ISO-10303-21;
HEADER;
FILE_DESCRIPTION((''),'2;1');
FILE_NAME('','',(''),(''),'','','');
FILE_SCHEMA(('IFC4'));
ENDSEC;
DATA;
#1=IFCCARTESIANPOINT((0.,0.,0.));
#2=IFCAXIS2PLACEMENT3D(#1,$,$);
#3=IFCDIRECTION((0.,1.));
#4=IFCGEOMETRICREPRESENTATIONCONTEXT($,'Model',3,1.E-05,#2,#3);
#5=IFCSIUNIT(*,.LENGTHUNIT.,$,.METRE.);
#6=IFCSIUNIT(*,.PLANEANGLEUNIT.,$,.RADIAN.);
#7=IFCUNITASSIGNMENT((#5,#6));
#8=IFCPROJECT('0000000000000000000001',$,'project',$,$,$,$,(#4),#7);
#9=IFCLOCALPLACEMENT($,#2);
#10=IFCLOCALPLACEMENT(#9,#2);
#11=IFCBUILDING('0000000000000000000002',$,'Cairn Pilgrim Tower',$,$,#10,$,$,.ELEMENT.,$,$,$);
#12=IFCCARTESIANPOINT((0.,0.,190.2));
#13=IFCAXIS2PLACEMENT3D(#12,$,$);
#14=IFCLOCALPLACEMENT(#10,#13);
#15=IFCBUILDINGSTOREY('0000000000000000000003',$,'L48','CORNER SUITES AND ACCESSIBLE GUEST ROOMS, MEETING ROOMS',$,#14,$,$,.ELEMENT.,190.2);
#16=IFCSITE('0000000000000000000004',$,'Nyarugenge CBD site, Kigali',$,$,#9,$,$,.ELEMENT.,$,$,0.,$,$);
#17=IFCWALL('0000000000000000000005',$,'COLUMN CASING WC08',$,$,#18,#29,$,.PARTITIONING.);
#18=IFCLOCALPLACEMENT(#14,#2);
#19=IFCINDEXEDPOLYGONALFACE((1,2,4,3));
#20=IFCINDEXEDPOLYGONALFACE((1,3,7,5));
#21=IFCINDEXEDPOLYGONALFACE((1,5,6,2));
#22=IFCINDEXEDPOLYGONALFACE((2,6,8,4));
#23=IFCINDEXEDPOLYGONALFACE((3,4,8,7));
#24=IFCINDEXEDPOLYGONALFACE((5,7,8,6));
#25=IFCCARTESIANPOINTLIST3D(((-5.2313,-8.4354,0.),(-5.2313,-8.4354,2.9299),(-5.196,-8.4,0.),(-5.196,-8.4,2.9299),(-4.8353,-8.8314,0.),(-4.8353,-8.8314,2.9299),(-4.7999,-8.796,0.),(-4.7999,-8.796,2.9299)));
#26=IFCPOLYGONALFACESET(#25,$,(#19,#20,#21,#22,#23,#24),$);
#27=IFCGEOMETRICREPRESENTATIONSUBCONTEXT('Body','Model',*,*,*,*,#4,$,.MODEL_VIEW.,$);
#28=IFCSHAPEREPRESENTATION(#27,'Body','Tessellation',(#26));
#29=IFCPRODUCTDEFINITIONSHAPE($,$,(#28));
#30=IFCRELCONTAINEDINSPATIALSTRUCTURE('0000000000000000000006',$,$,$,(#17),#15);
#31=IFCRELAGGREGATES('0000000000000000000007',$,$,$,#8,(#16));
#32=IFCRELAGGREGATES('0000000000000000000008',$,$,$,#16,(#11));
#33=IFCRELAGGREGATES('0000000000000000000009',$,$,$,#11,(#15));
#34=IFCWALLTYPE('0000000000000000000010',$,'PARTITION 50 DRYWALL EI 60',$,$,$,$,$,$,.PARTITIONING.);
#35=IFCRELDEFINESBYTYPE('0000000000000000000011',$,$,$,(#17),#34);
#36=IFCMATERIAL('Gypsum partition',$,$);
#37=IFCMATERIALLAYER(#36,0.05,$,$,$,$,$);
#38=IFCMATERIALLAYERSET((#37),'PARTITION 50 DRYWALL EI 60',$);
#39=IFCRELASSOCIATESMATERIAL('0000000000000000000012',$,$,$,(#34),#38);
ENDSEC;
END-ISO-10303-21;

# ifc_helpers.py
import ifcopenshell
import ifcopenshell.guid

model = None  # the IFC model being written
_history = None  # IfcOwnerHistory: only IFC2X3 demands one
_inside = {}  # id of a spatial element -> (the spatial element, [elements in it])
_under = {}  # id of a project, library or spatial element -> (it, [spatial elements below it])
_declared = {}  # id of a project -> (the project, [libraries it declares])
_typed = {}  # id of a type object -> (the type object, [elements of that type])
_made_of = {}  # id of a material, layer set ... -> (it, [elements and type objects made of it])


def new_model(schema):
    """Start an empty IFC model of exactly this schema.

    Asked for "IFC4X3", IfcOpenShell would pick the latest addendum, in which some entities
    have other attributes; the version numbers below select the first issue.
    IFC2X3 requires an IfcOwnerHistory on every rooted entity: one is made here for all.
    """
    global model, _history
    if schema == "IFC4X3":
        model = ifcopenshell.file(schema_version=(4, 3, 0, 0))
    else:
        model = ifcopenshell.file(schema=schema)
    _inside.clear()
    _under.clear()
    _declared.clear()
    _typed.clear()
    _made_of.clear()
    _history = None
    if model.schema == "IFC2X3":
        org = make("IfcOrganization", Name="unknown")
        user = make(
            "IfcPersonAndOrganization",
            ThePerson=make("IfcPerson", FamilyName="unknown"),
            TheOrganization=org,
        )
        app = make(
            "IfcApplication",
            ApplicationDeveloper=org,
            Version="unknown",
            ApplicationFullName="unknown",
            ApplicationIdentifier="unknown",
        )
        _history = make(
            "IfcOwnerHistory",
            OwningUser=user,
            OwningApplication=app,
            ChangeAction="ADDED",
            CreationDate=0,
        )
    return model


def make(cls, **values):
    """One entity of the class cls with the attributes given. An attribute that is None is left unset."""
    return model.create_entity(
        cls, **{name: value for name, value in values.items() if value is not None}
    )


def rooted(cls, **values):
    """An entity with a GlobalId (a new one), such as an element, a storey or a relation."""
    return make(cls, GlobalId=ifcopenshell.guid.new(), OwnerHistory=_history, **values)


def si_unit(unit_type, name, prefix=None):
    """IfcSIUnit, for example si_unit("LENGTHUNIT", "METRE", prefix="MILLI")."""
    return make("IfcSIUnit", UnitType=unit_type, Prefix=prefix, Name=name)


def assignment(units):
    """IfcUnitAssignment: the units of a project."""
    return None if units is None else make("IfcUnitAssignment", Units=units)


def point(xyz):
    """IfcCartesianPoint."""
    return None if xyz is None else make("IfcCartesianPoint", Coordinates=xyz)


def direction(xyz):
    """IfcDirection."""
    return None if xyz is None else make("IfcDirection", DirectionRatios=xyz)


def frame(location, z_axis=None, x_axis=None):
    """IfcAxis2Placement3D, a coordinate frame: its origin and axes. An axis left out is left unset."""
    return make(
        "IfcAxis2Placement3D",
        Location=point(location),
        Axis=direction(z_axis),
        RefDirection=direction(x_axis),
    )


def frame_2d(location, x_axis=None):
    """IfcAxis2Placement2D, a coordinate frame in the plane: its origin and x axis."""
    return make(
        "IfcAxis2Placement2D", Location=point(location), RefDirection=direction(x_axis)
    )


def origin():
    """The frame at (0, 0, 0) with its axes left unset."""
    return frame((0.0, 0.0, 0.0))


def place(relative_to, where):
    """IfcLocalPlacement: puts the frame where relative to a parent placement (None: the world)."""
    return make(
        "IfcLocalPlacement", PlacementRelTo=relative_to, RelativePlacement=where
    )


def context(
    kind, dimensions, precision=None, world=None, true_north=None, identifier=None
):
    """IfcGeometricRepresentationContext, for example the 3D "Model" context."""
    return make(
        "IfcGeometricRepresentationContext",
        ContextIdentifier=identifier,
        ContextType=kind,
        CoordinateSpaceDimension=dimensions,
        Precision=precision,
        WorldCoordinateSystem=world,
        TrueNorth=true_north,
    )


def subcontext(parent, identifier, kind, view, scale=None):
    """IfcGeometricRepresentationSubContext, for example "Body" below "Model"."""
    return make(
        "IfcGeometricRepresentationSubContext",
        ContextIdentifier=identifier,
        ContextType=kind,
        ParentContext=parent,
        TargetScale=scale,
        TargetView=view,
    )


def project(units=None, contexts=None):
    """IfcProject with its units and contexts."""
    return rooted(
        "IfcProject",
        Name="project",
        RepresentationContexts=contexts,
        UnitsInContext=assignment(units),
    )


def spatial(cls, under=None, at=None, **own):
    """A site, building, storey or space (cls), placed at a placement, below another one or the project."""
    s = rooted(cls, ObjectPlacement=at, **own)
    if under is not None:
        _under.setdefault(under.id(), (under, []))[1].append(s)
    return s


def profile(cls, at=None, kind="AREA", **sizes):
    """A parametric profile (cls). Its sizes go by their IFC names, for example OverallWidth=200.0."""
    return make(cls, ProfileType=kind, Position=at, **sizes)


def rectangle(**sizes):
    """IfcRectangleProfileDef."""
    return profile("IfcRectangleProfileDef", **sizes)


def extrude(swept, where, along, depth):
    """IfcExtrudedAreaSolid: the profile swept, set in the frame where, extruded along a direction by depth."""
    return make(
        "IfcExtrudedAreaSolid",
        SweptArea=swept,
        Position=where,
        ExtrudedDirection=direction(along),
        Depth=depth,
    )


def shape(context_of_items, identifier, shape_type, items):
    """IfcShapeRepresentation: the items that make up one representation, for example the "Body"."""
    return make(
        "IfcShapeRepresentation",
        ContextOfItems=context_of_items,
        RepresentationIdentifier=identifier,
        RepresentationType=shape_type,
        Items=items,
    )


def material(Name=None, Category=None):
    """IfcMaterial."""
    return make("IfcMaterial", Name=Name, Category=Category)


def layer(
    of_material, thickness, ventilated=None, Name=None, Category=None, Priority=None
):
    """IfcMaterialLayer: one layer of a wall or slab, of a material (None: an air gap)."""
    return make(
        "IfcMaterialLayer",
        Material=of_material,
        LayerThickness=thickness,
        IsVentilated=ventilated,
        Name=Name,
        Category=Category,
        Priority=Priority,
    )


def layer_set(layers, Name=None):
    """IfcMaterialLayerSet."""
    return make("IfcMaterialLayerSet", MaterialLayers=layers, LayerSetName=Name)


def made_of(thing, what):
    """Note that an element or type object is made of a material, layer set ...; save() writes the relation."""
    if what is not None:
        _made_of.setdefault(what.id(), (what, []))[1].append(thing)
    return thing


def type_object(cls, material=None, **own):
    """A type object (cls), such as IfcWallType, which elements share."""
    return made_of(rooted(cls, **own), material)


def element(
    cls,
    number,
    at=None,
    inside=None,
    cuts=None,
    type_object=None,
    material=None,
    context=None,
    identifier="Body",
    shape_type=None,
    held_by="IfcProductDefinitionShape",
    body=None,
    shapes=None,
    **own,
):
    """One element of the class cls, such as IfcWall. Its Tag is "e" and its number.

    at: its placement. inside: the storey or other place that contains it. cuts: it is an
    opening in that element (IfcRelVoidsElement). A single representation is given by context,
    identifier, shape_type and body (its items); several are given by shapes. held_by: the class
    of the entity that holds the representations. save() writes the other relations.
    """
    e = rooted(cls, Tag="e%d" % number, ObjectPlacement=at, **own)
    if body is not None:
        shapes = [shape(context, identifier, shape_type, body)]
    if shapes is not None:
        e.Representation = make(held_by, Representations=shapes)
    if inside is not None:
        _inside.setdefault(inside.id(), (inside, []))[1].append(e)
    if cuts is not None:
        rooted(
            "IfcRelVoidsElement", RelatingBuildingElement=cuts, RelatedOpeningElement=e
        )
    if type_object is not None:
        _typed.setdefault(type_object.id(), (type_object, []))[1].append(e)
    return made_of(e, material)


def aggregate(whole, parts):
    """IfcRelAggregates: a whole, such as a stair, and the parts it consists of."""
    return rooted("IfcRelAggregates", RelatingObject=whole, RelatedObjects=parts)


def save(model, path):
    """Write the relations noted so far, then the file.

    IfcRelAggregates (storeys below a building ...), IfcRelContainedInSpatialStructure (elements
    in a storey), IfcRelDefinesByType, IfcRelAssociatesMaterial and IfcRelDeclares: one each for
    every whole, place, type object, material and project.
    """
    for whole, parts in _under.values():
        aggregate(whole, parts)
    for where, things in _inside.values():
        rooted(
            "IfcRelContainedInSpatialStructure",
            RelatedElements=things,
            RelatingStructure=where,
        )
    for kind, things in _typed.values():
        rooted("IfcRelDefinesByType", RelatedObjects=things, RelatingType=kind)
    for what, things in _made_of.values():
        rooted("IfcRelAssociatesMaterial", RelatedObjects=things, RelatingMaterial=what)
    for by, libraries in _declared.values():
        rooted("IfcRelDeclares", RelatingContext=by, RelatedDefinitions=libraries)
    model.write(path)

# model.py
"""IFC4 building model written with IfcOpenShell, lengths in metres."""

from ifc_helpers import new_model, si_unit, direction, frame, frame_2d, origin, place, context, subcontext, project, spatial, rectangle, extrude, material, layer, layer_set, type_object, element, save


model = new_model("IFC4")

# Units and contexts
model_context = context("Model", 3, precision=1e-05, world=origin(), true_north=direction((0.0, 1.0)))
body_context = subcontext(model_context, "Body", "Model", "MODEL_VIEW")
ifc_project = project(units=[si_unit("LENGTHUNIT", "METRE"), si_unit("PLANEANGLEUNIT", "RADIAN")], contexts=[model_context])

# Site, building, storey
site_placement = place(None, origin())
site = spatial("IfcSite", under=ifc_project, at=site_placement, Name="Nyarugenge CBD site, Kigali", CompositionType="ELEMENT", RefElevation=0.0)
building_placement = place(site_placement, origin())
building = spatial("IfcBuilding", under=site, at=building_placement, Name="Cairn Pilgrim Tower", CompositionType="ELEMENT")
storey_placement = place(building_placement, frame((0.0, 0.0, 190.2)))
storey = spatial("IfcBuildingStorey", under=building, at=storey_placement, Name="L48", Description="CORNER SUITES AND ACCESSIBLE GUEST ROOMS, MEETING ROOMS", CompositionType="ELEMENT", Elevation=190.2)

# Shared definitions
ifc_material_1 = material(Name="Gypsum partition")

# Wall
ifc_layer_1 = layer(ifc_material_1, 0.05)
ifc_layer_set_1 = layer_set([ifc_layer_1], Name="PARTITION 50 DRYWALL EI 60")
wall_type_1 = type_object("IfcWallType", Name="PARTITION 50 DRYWALL EI 60", PredefinedType="PARTITIONING", material=ifc_layer_set_1)
wall_1_placement = place(storey_placement, frame((-4.8176, -8.8137, 0.0), z_axis=(0.0, 0.0, 1.0), x_axis=(-0.707107, 0.707107, 0.0)))
element("IfcWall", 1, at=wall_1_placement, inside=storey, type_object=wall_type_1, Name="COLUMN CASING WC08", PredefinedType="PARTITIONING", context=body_context, shape_type="SweptSolid", body=[
    extrude(rectangle(XDim=0.5601, YDim=0.05, at=frame_2d((0.28, 0.0))), origin(), (0.0, 0.0, 1.0), 2.9299),
])

save(model, "model.ifc")
